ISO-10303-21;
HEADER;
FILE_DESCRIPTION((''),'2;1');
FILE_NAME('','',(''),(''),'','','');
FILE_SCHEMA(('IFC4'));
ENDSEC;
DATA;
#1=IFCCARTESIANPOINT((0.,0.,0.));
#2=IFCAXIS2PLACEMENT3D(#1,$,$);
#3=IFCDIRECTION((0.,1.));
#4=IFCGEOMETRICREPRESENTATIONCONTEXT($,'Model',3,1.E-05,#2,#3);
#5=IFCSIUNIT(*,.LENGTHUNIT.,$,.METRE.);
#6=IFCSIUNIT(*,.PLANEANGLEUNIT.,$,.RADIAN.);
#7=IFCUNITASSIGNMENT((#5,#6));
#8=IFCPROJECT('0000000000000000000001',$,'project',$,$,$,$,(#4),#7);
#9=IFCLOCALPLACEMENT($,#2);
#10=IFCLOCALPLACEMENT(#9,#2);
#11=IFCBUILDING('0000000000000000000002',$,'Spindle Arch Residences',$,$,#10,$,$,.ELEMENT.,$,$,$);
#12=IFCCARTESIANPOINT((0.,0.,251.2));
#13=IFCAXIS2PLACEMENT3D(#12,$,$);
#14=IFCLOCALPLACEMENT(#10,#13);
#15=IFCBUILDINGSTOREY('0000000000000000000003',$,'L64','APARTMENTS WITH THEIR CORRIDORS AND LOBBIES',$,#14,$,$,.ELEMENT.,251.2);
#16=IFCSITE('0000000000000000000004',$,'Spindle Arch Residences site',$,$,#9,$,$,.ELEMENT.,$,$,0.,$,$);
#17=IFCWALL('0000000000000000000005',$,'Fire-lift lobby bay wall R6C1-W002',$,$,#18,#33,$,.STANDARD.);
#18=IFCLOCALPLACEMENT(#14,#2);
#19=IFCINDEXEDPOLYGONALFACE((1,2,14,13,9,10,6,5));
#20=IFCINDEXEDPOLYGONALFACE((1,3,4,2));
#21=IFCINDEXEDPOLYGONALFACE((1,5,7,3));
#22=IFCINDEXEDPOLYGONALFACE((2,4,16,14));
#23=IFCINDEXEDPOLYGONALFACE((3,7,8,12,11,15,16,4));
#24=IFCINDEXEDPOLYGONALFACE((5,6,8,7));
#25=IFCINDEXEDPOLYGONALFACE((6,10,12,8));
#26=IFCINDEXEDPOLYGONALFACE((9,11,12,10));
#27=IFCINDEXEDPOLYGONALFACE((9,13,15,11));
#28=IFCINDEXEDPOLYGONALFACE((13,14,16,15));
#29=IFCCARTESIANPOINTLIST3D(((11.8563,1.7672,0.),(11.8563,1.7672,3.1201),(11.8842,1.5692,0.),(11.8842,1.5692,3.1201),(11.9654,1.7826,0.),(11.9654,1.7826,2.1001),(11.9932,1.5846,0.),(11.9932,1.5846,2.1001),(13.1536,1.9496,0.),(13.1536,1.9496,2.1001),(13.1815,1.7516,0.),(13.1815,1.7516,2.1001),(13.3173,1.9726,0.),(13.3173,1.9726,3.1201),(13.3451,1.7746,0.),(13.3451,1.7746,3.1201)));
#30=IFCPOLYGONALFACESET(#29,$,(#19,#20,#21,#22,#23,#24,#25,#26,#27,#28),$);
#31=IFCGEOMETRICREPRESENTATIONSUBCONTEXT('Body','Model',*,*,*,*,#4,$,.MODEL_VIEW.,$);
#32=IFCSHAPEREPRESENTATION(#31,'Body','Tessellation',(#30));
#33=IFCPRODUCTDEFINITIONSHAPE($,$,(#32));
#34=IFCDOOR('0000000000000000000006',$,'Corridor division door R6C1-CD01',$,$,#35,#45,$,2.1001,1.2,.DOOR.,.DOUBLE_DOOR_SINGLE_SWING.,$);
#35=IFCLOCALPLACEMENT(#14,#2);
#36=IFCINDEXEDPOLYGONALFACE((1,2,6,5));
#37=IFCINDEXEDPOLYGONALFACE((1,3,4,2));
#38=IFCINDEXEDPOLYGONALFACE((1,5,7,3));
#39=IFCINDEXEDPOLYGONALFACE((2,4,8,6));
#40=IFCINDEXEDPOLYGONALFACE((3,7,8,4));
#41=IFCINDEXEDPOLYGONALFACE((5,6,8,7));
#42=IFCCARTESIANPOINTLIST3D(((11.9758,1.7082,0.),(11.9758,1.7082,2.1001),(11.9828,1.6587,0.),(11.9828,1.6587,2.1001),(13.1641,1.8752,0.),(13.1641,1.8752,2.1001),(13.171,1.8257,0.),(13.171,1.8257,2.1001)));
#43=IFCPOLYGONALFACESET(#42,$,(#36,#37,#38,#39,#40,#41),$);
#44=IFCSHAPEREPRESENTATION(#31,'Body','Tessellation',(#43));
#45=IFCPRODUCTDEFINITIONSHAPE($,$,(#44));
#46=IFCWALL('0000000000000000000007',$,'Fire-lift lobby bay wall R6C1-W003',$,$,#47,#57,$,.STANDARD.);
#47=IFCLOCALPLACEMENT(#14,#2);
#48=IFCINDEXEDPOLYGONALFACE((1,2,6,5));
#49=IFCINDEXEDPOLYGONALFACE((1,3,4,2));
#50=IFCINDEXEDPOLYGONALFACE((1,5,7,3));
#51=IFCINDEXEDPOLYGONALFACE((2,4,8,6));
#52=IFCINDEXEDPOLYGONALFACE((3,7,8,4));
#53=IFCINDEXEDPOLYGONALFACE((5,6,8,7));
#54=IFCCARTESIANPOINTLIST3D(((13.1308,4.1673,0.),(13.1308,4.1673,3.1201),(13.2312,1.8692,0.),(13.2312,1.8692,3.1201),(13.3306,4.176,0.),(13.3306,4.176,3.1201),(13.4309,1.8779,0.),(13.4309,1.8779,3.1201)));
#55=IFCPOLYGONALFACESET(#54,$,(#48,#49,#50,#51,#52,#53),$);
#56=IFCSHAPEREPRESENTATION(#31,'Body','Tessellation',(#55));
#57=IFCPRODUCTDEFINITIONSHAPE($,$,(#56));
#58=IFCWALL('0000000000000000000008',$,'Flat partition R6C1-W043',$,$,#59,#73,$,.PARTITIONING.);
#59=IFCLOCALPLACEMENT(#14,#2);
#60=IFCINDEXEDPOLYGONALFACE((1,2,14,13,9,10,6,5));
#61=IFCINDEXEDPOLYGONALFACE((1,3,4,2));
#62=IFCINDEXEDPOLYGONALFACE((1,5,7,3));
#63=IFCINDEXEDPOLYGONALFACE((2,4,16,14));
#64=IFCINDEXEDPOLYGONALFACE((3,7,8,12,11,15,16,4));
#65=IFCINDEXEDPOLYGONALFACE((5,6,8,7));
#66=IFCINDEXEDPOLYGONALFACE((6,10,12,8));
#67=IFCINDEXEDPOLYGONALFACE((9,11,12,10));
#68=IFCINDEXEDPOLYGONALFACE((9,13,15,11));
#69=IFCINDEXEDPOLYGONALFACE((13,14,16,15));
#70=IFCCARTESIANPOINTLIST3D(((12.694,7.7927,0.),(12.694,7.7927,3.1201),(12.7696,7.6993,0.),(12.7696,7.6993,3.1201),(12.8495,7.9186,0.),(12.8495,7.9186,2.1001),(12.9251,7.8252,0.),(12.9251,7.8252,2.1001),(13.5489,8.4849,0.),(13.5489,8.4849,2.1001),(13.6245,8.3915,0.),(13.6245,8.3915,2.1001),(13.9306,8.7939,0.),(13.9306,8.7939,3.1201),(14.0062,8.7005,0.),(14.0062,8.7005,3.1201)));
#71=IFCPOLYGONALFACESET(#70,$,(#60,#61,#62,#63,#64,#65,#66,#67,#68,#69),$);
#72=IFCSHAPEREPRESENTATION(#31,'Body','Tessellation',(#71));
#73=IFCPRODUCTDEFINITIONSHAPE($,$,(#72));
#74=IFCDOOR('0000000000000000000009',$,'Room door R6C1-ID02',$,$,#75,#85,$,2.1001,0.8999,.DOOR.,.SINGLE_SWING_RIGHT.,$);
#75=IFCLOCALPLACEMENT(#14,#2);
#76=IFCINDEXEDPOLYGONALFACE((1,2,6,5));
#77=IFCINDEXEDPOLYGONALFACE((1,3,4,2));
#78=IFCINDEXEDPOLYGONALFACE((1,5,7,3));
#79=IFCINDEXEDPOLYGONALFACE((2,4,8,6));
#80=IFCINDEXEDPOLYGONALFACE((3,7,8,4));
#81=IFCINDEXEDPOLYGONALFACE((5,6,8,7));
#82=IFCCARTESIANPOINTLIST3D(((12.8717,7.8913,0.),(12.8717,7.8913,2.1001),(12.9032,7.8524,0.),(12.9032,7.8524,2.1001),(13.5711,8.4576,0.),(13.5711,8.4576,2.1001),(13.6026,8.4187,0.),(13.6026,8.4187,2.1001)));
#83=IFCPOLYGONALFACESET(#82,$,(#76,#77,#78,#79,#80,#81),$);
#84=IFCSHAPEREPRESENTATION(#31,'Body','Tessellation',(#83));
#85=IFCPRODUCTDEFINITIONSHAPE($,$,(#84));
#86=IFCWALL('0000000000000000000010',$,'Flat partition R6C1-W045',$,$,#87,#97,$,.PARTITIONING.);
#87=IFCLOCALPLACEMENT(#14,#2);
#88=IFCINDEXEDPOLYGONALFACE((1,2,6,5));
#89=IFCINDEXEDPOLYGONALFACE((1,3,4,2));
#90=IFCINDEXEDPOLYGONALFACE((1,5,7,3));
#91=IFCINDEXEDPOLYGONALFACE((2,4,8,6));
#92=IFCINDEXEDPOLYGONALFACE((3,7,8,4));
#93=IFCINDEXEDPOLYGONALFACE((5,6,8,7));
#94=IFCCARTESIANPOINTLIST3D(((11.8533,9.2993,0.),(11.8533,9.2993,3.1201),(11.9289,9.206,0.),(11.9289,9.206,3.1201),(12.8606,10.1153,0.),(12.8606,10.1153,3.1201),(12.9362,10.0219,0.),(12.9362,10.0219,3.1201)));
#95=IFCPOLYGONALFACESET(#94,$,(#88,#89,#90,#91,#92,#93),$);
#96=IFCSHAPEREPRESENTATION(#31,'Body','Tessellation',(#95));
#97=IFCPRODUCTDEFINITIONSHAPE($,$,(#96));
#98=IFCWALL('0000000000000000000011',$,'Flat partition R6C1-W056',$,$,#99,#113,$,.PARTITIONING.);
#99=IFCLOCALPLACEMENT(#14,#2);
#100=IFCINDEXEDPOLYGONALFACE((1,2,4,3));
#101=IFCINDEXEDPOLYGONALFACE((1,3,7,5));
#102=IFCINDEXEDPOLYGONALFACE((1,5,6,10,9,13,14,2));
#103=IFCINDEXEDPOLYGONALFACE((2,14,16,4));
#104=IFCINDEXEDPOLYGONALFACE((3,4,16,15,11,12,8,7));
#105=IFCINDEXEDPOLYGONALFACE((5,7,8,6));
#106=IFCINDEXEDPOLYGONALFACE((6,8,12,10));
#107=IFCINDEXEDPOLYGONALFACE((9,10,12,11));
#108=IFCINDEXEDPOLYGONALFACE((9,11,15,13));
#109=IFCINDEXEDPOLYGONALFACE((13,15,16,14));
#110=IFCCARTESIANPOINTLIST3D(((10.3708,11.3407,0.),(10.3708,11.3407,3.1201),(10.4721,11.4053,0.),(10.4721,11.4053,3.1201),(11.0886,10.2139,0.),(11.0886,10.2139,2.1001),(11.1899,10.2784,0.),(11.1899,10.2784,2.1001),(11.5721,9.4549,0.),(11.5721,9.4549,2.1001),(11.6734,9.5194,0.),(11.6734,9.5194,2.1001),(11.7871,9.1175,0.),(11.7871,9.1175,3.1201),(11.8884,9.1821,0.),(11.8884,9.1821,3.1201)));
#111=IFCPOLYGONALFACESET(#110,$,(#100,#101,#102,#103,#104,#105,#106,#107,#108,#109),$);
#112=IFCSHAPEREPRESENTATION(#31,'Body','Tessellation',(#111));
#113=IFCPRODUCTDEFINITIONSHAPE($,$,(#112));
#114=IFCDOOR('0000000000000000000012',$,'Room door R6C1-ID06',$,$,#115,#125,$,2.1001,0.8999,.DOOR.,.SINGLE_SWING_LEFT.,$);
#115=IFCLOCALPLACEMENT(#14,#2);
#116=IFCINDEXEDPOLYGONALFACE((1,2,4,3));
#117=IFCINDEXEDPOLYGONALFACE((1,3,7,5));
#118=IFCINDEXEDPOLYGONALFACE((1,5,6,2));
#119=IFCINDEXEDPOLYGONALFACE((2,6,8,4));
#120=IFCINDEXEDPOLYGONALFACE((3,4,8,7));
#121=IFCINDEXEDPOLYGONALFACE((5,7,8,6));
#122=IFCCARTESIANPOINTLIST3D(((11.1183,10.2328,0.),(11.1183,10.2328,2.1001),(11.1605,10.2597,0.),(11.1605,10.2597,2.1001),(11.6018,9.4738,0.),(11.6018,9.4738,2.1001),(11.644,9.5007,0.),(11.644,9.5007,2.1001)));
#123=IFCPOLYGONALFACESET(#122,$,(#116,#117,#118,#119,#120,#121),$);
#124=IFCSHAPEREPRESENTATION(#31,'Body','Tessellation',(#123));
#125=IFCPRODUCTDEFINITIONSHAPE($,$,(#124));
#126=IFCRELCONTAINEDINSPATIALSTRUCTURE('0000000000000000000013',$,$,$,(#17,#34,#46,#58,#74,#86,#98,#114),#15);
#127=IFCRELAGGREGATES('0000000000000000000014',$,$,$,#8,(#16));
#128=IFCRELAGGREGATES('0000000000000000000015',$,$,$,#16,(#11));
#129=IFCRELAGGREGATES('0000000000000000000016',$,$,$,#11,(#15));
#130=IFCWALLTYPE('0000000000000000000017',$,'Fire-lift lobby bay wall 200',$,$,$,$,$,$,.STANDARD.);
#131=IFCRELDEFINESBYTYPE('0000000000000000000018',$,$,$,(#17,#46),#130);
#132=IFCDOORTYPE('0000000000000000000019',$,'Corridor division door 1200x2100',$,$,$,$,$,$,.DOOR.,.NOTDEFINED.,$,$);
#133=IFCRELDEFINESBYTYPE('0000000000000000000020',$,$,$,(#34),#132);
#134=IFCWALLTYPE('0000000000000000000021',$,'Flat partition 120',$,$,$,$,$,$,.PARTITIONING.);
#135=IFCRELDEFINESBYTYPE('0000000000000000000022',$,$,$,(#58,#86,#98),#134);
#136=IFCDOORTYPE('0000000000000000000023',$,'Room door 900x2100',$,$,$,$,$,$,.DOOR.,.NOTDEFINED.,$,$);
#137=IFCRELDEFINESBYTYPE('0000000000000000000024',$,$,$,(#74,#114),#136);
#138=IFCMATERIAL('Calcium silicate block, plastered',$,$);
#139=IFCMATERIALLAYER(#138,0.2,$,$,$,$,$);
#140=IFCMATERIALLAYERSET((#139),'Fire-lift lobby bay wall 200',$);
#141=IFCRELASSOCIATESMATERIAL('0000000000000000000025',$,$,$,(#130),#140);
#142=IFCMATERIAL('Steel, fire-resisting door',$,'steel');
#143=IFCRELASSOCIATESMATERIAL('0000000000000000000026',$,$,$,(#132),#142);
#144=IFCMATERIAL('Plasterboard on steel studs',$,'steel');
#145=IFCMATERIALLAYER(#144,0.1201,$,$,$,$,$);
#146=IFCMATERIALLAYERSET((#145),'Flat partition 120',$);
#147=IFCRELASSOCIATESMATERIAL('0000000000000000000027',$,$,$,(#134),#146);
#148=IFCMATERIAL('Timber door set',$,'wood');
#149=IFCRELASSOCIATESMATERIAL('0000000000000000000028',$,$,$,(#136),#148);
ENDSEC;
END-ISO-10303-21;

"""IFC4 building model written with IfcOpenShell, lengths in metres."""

from ifc_helpers import new_model, si_unit, direction, frame, frame_2d, origin, place, context, subcontext, project, spatial, rectangle, extrude, material, layer, layer_set, type_object, element, fill, save


model = new_model("IFC4")

# Units and contexts
model_context = context("Model", 3, precision=1e-05, world=origin(), true_north=direction((0.0, 1.0)))
body_context = subcontext(model_context, "Body", "Model", "MODEL_VIEW")
ifc_project = project(units=[si_unit("LENGTHUNIT", "METRE"), si_unit("PLANEANGLEUNIT", "RADIAN")], contexts=[model_context])

# Site, building, storey
site_placement = place(None, origin())
site = spatial("IfcSite", under=ifc_project, at=site_placement, Name="Spindle Arch Residences site", CompositionType="ELEMENT", RefElevation=0.0)
building_placement = place(site_placement, origin())
building = spatial("IfcBuilding", under=site, at=building_placement, Name="Spindle Arch Residences", CompositionType="ELEMENT")
storey_placement = place(building_placement, frame((0.0, 0.0, 251.2)))
storey = spatial("IfcBuildingStorey", under=building, at=storey_placement, Name="L64", Description="APARTMENTS WITH THEIR CORRIDORS AND LOBBIES", CompositionType="ELEMENT", Elevation=251.2)

# Shared definitions
ifc_material_1 = material(Name="Calcium silicate block, plastered")
ifc_layer_1 = layer(ifc_material_1, 0.2)
ifc_layer_set_1 = layer_set([ifc_layer_1], Name="Fire-lift lobby bay wall 200")
wall_type_1 = type_object("IfcWallType", Name="Fire-lift lobby bay wall 200", PredefinedType="STANDARD", material=ifc_layer_set_1)

# Wall, opening, door
wall_1_placement = place(storey_placement, frame((11.8701, 1.6682, 0.0), z_axis=(0.0, 0.0, 1.0), x_axis=(0.990268, 0.139174, 0.0)))
wall_1 = element("IfcWall", 1, at=wall_1_placement, inside=storey, type_object=wall_type_1, Name="Fire-lift lobby bay wall R6C1-W002", PredefinedType="STANDARD", context=body_context, shape_type="SweptSolid", body=[
    extrude(rectangle(XDim=1.4753, YDim=0.2, at=frame_2d((0.7378, 0.0))), origin(), (0.0, 0.0, 1.0), 3.1201),
])
opening_1_placement = place(wall_1_placement, frame((0.1101, 0.0, 0.0)))
opening_1 = element("IfcOpeningElement", 2, at=opening_1_placement, cuts=wall_1, PredefinedType="OPENING", context=body_context, shape_type="SweptSolid", body=[
    extrude(rectangle(XDim=1.2, YDim=2.1001, at=frame_2d((0.6001, 1.05))), frame((0.0, 0.1099, 0.0), z_axis=(0.0, -1.0, 0.0), x_axis=(1.0, 0.0, 0.0)), (0.0, 0.0, 1.0), 0.22),
])
ifc_material_2 = material(Name="Steel, fire-resisting door", Category="steel")
door_type_1 = type_object("IfcDoorType", Name="Corridor division door 1200x2100", OperationType="NOTDEFINED", PredefinedType="DOOR", material=ifc_material_2)
door_1_placement = place(opening_1_placement, origin())
door_1 = element("IfcDoor", 3, at=door_1_placement, inside=storey, type_object=door_type_1, Name="Corridor division door R6C1-CD01", OperationType="DOUBLE_DOOR_SINGLE_SWING", OverallHeight=2.1001, OverallWidth=1.2, PredefinedType="DOOR", context=body_context, shape_type="SweptSolid", body=[
    extrude(rectangle(XDim=1.2, YDim=2.1001, at=frame_2d((0.6001, 1.05))), frame((0.0, 0.0249, 0.0), z_axis=(0.0, -1.0, 0.0), x_axis=(1.0, 0.0, 0.0)), (0.0, 0.0, 1.0), 0.05),
])
fill(opening_1, door_1)

# Wall
wall_2_placement = place(storey_placement, frame((13.3311, 1.8735, 0.0), z_axis=(0.0, 0.0, 1.0), x_axis=(-0.043621, 0.999048, 0.0)))
element("IfcWall", 4, at=wall_2_placement, inside=storey, type_object=wall_type_1, Name="Fire-lift lobby bay wall R6C1-W003", PredefinedType="STANDARD", context=body_context, shape_type="SweptSolid", body=[
    extrude(rectangle(XDim=2.3003, YDim=0.2, at=frame_2d((1.1501, 0.0))), origin(), (0.0, 0.0, 1.0), 3.1201),
])

# Wall, opening, door
ifc_material_3 = material(Name="Plasterboard on steel studs", Category="steel")
ifc_layer_2 = layer(ifc_material_3, 0.1201)
ifc_layer_set_2 = layer_set([ifc_layer_2], Name="Flat partition 120")
wall_type_2 = type_object("IfcWallType", Name="Flat partition 120", PredefinedType="PARTITIONING", material=ifc_layer_set_2)
wall_3_placement = place(storey_placement, frame((12.7319, 7.7461, 0.0), z_axis=(0.0, 0.0, 1.0), x_axis=(0.777188, 0.629269, 0.0)))
wall_3 = element("IfcWall", 5, at=wall_3_placement, inside=storey, type_object=wall_type_2, Name="Flat partition R6C1-W043", PredefinedType="PARTITIONING", context=body_context, shape_type="SweptSolid", body=[
    extrude(rectangle(XDim=1.5911, YDim=0.1201, at=frame_2d((0.7954, 0.0))), origin(), (0.0, 0.0, 1.0), 3.1201),
])
opening_2_placement = place(wall_3_placement, frame((0.2, 0.0, 0.0)))
opening_2 = element("IfcOpeningElement", 6, at=opening_2_placement, cuts=wall_3, PredefinedType="OPENING", context=body_context, shape_type="SweptSolid", body=[
    extrude(rectangle(XDim=0.8999, YDim=2.1001, at=frame_2d((0.45, 1.05))), frame((0.0, 0.0701, 0.0), z_axis=(0.0, -1.0, 0.0), x_axis=(1.0, 0.0, 0.0)), (0.0, 0.0, 1.0), 0.1401),
])
ifc_material_4 = material(Name="Timber door set", Category="wood")
door_type_2 = type_object("IfcDoorType", Name="Room door 900x2100", OperationType="NOTDEFINED", PredefinedType="DOOR", material=ifc_material_4)
door_2_placement = place(opening_2_placement, origin())
door_2 = element("IfcDoor", 7, at=door_2_placement, inside=storey, type_object=door_type_2, Name="Room door R6C1-ID02", OperationType="SINGLE_SWING_RIGHT", OverallHeight=2.1001, OverallWidth=0.8999, PredefinedType="DOOR", context=body_context, shape_type="SweptSolid", body=[
    extrude(rectangle(XDim=0.8999, YDim=2.1001, at=frame_2d((0.45, 1.05))), frame((0.0, 0.0249, 0.0), z_axis=(0.0, -1.0, 0.0), x_axis=(1.0, 0.0, 0.0)), (0.0, 0.0, 1.0), 0.05),
])
fill(opening_2, door_2)

# Wall
wall_4_placement = place(storey_placement, frame((12.8984, 10.0686, 0.0), z_axis=(0.0, 0.0, 1.0), x_axis=(-0.777069, -0.629415, 0.0)))
element("IfcWall", 8, at=wall_4_placement, inside=storey, type_object=wall_type_2, Name="Flat partition R6C1-W045", PredefinedType="PARTITIONING", context=body_context, shape_type="SweptSolid", body=[
    extrude(rectangle(XDim=1.2964, YDim=0.1201, at=frame_2d((0.6482, 0.0))), origin(), (0.0, 0.0, 1.0), 3.1201),
])

# Wall, opening, door
wall_5_placement = place(storey_placement, frame((11.8376, 9.1499, 0.0), z_axis=(0.0, 0.0, 1.0), x_axis=(-0.537289, 0.843398, 0.0)))
wall_5 = element("IfcWall", 9, at=wall_5_placement, inside=storey, type_object=wall_type_2, Name="Flat partition R6C1-W056", PredefinedType="PARTITIONING", context=body_context, shape_type="SweptSolid", body=[
    extrude(rectangle(XDim=2.636, YDim=0.1201, at=frame_2d((1.3179, 0.0))), origin(), (0.0, 0.0, 1.0), 3.1201),
])
opening_3_placement = place(wall_5_placement, frame((0.3999, 0.0, 0.0)))
opening_3 = element("IfcOpeningElement", 10, at=opening_3_placement, cuts=wall_5, PredefinedType="OPENING", context=body_context, shape_type="SweptSolid", body=[
    extrude(rectangle(XDim=0.8999, YDim=2.1001, at=frame_2d((0.45, 1.05))), frame((0.0, 0.0701, 0.0), z_axis=(0.0, -1.0, 0.0), x_axis=(1.0, 0.0, 0.0)), (0.0, 0.0, 1.0), 0.1401),
])
door_3_placement = place(opening_3_placement, origin())
door_3 = element("IfcDoor", 11, at=door_3_placement, inside=storey, type_object=door_type_2, Name="Room door R6C1-ID06", OperationType="SINGLE_SWING_LEFT", OverallHeight=2.1001, OverallWidth=0.8999, PredefinedType="DOOR", context=body_context, shape_type="SweptSolid", body=[
    extrude(rectangle(XDim=0.8999, YDim=2.1001, at=frame_2d((0.45, 1.05))), frame((0.0, 0.0249, 0.0), z_axis=(0.0, -1.0, 0.0), x_axis=(1.0, 0.0, 0.0)), (0.0, 0.0, 1.0), 0.05),
])
fill(opening_3, door_3)

save(model, "model.ifc")
